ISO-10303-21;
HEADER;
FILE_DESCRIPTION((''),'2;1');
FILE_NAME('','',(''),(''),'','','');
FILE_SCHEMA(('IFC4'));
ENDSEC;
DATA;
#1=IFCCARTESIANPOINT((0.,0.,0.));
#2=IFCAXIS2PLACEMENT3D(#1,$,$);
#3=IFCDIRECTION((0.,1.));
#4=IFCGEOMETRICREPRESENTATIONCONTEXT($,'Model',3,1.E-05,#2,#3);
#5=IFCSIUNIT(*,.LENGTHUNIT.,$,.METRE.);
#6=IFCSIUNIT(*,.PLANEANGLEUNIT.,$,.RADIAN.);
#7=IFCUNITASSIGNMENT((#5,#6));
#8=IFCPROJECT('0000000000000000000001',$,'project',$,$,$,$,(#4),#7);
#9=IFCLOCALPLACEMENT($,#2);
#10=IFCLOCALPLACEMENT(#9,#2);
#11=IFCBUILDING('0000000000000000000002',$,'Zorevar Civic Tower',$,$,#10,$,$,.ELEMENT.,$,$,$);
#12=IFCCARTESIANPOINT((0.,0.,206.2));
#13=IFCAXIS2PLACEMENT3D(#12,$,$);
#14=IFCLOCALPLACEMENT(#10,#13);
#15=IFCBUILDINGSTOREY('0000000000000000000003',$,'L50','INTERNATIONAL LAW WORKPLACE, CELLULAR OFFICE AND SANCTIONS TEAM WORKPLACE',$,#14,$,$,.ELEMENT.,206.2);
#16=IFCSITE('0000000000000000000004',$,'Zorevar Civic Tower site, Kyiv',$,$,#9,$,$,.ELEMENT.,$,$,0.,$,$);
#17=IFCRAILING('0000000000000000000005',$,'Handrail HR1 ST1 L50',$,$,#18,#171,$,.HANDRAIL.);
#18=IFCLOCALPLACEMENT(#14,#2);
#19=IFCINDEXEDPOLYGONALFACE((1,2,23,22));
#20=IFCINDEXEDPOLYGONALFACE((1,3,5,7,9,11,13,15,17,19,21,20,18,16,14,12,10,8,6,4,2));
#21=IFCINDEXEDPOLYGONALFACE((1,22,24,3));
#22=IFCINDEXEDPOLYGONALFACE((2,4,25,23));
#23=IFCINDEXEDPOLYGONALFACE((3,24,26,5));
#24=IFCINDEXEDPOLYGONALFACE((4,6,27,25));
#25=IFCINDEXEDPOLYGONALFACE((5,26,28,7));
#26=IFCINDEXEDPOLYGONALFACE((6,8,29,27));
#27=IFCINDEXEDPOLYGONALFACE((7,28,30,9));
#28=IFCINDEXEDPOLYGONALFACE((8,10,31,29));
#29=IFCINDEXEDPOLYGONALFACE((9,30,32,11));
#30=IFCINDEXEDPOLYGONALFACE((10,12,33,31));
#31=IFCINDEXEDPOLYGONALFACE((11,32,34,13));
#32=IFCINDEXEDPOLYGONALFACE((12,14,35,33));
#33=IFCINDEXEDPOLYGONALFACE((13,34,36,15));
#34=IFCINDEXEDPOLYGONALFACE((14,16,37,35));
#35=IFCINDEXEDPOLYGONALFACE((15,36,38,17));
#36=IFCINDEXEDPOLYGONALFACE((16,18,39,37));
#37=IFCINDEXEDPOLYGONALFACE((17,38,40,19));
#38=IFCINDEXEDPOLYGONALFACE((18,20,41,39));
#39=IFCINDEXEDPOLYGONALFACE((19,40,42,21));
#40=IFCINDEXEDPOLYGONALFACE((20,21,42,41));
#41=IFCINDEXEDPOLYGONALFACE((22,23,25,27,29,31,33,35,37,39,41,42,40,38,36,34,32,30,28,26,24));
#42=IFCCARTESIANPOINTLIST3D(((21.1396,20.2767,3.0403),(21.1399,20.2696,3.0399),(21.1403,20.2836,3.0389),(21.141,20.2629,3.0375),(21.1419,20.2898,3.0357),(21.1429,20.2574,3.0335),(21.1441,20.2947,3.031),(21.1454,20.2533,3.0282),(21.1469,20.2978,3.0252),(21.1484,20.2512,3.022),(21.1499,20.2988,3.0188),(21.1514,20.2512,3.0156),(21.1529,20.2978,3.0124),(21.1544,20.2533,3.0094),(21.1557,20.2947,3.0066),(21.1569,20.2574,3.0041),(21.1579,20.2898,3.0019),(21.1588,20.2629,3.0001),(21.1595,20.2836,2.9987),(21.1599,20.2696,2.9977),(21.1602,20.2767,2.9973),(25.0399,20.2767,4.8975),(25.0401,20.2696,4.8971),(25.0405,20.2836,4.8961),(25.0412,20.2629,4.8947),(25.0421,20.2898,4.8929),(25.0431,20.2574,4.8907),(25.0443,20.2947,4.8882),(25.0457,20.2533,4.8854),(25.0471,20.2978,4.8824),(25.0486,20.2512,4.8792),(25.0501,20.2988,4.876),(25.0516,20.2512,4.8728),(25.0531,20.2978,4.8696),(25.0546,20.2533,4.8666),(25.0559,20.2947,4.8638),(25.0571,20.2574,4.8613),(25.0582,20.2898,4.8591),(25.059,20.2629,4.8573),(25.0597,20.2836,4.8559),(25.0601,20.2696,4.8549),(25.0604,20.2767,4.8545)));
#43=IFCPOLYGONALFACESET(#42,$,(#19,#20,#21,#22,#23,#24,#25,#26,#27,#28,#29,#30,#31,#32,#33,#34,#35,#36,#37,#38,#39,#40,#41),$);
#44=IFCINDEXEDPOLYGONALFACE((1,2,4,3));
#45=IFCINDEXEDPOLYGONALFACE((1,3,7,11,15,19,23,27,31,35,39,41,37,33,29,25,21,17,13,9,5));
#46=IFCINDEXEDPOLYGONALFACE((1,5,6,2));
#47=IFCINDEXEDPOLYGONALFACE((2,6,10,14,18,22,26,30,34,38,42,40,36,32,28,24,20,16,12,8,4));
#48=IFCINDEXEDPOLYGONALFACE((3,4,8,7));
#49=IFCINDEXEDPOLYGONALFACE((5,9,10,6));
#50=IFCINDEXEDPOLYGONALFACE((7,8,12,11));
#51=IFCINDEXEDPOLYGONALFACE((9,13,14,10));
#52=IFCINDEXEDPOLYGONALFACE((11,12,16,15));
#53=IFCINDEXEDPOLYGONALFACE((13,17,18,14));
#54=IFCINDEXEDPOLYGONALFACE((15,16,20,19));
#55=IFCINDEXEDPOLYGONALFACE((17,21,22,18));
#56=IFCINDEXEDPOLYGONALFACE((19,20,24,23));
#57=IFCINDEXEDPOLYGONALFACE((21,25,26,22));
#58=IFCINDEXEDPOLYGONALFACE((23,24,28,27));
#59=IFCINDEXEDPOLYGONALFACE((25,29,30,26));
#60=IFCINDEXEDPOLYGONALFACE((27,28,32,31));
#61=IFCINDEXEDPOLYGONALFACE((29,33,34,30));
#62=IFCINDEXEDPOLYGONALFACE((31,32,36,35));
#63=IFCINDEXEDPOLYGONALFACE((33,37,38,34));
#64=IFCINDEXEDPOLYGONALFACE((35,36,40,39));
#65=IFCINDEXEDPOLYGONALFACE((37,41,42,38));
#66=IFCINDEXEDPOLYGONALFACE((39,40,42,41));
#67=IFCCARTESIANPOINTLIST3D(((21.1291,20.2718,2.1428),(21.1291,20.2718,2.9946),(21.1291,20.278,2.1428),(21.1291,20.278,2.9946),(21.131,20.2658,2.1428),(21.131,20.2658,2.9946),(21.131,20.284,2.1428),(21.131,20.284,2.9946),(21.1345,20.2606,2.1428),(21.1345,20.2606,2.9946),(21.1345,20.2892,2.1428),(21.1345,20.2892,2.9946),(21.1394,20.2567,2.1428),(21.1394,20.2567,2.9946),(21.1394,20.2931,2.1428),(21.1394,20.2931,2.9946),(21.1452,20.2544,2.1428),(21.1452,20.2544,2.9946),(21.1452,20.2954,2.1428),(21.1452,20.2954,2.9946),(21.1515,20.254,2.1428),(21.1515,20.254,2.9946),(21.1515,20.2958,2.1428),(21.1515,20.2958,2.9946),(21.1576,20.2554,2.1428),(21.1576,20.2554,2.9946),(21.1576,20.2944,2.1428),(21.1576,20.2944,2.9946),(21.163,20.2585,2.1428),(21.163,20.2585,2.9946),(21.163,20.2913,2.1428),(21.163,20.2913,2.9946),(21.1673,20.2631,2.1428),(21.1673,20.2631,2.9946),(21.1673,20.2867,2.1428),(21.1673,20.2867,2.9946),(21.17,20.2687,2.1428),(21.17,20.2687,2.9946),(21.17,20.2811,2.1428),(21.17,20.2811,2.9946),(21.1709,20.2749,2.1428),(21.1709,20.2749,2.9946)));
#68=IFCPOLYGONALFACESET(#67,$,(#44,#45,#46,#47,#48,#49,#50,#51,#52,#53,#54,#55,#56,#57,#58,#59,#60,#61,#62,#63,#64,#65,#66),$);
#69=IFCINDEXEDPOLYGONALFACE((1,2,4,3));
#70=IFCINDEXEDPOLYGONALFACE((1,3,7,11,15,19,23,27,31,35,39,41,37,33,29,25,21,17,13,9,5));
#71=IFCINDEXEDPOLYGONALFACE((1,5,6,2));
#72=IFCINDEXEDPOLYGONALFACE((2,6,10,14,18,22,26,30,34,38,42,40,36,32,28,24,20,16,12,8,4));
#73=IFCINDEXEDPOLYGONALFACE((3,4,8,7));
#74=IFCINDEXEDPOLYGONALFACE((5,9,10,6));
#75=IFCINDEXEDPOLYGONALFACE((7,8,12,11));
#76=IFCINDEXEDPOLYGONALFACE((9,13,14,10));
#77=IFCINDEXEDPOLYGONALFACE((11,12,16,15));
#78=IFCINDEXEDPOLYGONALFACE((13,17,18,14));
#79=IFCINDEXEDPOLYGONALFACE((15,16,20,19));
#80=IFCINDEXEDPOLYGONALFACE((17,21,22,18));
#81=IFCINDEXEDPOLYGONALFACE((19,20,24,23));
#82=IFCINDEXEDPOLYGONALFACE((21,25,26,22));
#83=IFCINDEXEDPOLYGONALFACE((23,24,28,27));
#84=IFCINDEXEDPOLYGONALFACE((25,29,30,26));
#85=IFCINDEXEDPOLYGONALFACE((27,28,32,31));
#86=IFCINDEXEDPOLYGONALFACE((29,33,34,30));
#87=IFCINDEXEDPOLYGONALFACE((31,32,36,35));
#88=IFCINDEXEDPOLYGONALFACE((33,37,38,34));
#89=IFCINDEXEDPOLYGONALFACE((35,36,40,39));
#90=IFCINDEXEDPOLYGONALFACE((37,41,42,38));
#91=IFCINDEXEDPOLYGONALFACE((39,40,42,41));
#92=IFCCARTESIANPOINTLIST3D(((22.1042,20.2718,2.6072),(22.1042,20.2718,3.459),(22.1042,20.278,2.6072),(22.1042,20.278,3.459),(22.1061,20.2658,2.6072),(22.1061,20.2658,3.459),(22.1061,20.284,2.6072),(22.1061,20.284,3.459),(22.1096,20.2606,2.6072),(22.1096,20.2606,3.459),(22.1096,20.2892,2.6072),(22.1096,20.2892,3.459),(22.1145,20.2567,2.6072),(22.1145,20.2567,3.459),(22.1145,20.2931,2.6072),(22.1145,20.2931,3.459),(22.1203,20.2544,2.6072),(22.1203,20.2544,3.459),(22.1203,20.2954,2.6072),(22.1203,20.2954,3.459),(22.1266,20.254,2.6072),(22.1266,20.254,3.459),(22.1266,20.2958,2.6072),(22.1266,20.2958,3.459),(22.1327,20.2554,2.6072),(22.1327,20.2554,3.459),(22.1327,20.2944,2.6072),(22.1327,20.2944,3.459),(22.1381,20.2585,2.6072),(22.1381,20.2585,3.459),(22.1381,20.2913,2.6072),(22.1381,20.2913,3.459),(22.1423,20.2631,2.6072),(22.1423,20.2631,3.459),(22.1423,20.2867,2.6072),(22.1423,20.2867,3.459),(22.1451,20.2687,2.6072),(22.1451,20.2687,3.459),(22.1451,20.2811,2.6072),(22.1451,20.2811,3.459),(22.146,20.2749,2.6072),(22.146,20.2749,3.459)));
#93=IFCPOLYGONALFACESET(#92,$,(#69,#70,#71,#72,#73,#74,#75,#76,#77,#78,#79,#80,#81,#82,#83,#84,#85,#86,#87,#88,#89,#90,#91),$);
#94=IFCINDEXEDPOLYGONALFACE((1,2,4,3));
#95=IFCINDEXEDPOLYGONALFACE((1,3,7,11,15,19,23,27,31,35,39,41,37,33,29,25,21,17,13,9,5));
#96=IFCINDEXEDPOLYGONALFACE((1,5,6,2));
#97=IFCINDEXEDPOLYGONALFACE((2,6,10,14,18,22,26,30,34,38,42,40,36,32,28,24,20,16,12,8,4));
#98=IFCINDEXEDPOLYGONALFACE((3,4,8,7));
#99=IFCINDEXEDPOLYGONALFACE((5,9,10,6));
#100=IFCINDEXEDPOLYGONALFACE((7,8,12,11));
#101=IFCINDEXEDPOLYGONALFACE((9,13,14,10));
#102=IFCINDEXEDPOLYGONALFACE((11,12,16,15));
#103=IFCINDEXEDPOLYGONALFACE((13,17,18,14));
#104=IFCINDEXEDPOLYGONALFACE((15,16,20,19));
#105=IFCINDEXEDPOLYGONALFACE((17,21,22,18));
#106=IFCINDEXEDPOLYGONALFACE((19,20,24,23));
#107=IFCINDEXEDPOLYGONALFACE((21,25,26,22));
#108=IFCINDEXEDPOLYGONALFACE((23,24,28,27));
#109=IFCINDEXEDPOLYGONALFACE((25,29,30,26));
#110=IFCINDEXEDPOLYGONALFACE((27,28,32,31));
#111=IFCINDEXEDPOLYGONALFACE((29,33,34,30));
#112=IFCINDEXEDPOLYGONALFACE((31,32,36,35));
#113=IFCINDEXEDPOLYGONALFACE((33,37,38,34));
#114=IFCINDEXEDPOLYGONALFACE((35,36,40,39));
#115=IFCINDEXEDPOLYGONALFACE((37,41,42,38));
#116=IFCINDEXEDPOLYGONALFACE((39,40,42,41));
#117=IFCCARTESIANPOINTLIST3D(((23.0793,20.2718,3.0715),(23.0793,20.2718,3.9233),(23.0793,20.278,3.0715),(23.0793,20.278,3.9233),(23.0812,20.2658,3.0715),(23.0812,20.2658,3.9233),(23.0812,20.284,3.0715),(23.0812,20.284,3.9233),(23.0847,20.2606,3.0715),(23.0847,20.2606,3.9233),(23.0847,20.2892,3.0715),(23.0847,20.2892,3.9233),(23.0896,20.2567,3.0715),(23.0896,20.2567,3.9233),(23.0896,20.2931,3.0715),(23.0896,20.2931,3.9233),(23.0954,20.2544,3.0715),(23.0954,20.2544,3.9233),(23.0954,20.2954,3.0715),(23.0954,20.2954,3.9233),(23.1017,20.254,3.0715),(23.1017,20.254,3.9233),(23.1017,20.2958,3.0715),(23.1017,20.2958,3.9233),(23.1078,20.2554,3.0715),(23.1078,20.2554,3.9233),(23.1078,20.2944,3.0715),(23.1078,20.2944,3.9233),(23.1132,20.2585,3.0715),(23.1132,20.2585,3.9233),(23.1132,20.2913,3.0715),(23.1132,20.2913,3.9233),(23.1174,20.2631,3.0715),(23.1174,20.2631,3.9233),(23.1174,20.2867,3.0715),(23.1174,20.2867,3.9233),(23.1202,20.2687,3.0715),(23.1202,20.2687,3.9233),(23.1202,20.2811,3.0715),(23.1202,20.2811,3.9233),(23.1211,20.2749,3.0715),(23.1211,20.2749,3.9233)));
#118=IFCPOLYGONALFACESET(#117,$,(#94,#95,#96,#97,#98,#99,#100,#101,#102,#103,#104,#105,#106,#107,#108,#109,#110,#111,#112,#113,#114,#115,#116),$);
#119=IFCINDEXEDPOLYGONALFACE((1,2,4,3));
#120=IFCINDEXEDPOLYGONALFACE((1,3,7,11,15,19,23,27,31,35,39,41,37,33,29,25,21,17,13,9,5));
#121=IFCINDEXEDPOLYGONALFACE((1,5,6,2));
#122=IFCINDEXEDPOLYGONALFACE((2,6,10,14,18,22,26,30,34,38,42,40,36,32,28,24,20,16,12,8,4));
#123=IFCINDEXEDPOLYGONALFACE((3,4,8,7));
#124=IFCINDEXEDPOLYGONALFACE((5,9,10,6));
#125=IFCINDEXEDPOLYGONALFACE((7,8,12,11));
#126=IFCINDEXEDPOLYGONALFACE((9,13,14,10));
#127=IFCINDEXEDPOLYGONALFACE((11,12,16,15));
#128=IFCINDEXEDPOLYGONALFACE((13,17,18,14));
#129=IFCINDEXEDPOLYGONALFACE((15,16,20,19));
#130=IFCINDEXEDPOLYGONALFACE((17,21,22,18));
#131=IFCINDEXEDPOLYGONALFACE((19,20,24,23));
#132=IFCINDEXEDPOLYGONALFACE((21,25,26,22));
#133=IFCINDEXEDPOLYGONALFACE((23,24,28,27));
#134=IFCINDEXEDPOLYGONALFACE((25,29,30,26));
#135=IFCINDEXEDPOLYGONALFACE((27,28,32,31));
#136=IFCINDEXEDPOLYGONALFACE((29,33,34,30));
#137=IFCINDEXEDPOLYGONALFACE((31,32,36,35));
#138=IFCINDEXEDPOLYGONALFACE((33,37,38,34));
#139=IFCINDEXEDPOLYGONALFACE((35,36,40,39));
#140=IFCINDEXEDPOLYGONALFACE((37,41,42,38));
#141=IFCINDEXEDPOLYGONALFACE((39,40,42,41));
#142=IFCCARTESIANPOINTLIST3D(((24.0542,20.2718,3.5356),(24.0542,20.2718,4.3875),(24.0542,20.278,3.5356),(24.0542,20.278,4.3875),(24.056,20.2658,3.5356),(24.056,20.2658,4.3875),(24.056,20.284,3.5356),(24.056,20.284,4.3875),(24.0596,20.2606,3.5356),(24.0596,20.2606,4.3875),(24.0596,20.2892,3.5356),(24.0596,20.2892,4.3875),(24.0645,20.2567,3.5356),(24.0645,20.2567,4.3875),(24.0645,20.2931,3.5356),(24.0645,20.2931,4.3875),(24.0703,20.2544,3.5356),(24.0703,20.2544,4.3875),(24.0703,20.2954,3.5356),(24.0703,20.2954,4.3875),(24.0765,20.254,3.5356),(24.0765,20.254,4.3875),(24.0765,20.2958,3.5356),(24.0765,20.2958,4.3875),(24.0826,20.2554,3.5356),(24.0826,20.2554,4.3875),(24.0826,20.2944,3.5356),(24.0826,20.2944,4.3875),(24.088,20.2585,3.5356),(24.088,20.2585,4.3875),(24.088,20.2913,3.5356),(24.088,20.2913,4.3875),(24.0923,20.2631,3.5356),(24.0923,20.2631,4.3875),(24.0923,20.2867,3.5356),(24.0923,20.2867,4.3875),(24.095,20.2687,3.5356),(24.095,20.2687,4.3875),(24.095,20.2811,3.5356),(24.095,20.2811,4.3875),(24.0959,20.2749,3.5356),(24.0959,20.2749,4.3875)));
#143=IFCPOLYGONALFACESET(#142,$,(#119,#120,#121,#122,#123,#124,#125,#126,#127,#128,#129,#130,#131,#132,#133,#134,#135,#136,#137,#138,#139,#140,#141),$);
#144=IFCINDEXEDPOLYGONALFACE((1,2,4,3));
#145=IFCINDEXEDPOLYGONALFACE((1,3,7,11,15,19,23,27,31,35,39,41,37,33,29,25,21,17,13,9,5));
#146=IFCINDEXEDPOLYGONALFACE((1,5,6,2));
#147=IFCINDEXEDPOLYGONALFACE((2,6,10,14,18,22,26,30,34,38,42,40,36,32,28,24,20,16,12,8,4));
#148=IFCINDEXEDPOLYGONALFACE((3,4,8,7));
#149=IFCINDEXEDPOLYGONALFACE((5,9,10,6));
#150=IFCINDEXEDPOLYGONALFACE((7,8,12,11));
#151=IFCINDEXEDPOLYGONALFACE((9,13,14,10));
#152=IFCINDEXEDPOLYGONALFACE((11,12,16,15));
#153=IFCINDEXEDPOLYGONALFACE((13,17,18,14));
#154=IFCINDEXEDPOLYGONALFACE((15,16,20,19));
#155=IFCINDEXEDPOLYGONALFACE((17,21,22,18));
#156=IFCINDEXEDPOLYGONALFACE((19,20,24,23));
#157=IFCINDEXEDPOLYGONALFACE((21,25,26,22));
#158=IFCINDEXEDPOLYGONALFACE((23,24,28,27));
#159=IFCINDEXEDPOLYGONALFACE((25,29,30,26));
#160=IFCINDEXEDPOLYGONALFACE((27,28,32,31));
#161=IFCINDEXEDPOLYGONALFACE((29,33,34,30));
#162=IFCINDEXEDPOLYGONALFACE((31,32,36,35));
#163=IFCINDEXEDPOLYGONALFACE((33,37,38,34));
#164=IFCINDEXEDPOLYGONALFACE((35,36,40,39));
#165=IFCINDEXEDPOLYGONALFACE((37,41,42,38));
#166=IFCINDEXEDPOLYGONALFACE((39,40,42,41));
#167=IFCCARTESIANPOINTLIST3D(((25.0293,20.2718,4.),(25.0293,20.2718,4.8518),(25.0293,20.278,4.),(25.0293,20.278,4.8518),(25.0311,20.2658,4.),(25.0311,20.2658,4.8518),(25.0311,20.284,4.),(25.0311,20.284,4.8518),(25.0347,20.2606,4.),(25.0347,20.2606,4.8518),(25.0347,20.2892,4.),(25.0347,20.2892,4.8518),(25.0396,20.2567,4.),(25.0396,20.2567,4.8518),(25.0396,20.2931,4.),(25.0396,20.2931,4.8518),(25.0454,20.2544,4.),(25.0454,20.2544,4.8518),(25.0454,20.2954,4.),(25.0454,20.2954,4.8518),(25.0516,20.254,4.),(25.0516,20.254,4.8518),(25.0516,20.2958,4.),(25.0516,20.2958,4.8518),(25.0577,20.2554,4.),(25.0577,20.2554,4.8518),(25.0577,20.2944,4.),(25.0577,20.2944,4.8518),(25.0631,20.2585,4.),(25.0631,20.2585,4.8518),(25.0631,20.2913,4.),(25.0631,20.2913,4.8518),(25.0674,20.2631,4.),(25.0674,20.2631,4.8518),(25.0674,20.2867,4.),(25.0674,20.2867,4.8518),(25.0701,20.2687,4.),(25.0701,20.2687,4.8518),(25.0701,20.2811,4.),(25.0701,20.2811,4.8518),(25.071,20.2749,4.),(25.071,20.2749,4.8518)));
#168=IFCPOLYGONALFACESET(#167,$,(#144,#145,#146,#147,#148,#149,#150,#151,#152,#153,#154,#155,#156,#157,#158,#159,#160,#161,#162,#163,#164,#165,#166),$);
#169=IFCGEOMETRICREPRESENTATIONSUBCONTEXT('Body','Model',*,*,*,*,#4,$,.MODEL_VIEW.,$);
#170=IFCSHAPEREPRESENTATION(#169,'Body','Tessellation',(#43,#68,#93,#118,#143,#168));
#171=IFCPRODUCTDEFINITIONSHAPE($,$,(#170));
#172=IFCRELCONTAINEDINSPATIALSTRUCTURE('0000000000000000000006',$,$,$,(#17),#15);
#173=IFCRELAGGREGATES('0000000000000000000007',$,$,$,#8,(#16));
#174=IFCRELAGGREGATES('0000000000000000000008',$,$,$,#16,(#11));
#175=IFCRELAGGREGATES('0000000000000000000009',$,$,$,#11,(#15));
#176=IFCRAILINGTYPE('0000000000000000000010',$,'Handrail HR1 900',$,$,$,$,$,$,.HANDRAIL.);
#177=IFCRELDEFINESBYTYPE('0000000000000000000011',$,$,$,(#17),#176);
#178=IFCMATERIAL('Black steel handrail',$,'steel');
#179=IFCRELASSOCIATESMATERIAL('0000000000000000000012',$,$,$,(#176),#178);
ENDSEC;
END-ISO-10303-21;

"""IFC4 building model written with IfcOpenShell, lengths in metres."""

from ifc_helpers import new_model, si_unit, direction, frame, origin, origin_2d, place, context, subcontext, project, spatial, circle, extrude, material, type_object, element, save


model = new_model("IFC4")

# Units and contexts
model_context = context("Model", 3, precision=1e-05, world=origin(), true_north=direction((0.0, 1.0)))
body_context = subcontext(model_context, "Body", "Model", "MODEL_VIEW")
ifc_project = project(units=[si_unit("LENGTHUNIT", "METRE"), si_unit("PLANEANGLEUNIT", "RADIAN")], contexts=[model_context])

# Site, building, storey
site_placement = place(None, origin())
site = spatial("IfcSite", under=ifc_project, at=site_placement, Name="Zorevar Civic Tower site, Kyiv", CompositionType="ELEMENT", RefElevation=0.0)
building_placement = place(site_placement, origin())
building = spatial("IfcBuilding", under=site, at=building_placement, Name="Zorevar Civic Tower", CompositionType="ELEMENT")
storey_placement = place(building_placement, frame((0.0, 0.0, 206.2)))
storey = spatial("IfcBuildingStorey", under=building, at=storey_placement, Name="L50", Description="INTERNATIONAL LAW WORKPLACE, CELLULAR OFFICE AND SANCTIONS TEAM WORKPLACE", CompositionType="ELEMENT", Elevation=206.2)

# Railing
ifc_material_1 = material(Name="Black steel handrail", Category="steel")
railing_type = type_object("IfcRailingType", Name="Handrail HR1 900", PredefinedType="HANDRAIL", material=ifc_material_1)
railing_1_placement = place(storey_placement, frame((21.1499, 20.2749, 2.1428)))
element("IfcRailing", 1, at=railing_1_placement, inside=storey, type_object=railing_type, Name="Handrail HR1 ST1 L50", PredefinedType="HANDRAIL", context=body_context, shape_type="SweptSolid", body=[
    extrude(circle(Radius=0.0239, at=origin_2d()), frame((0.0, 0.0, 0.876), z_axis=(0.902864, 0.0, 0.429927), x_axis=(0.0, 1.0, 0.0)), (0.0, 0.0, 1.0), 4.3198),
    extrude(circle(Radius=0.021, at=origin_2d()), origin(), (0.0, 0.0, 1.0), 0.8518),
    extrude(circle(Radius=0.021, at=origin_2d()), frame((0.9751, 0.0, 0.4644)), (0.0, 0.0, 1.0), 0.8518),
    extrude(circle(Radius=0.021, at=origin_2d()), frame((1.9502, 0.0, 0.9287)), (0.0, 0.0, 1.0), 0.8518),
    extrude(circle(Radius=0.021, at=origin_2d()), frame((2.925, 0.0, 1.3928)), (0.0, 0.0, 1.0), 0.8518),
    extrude(circle(Radius=0.021, at=origin_2d()), frame((3.9001, 0.0, 1.8572)), (0.0, 0.0, 1.0), 0.8518),
])

save(model, "model.ifc")
